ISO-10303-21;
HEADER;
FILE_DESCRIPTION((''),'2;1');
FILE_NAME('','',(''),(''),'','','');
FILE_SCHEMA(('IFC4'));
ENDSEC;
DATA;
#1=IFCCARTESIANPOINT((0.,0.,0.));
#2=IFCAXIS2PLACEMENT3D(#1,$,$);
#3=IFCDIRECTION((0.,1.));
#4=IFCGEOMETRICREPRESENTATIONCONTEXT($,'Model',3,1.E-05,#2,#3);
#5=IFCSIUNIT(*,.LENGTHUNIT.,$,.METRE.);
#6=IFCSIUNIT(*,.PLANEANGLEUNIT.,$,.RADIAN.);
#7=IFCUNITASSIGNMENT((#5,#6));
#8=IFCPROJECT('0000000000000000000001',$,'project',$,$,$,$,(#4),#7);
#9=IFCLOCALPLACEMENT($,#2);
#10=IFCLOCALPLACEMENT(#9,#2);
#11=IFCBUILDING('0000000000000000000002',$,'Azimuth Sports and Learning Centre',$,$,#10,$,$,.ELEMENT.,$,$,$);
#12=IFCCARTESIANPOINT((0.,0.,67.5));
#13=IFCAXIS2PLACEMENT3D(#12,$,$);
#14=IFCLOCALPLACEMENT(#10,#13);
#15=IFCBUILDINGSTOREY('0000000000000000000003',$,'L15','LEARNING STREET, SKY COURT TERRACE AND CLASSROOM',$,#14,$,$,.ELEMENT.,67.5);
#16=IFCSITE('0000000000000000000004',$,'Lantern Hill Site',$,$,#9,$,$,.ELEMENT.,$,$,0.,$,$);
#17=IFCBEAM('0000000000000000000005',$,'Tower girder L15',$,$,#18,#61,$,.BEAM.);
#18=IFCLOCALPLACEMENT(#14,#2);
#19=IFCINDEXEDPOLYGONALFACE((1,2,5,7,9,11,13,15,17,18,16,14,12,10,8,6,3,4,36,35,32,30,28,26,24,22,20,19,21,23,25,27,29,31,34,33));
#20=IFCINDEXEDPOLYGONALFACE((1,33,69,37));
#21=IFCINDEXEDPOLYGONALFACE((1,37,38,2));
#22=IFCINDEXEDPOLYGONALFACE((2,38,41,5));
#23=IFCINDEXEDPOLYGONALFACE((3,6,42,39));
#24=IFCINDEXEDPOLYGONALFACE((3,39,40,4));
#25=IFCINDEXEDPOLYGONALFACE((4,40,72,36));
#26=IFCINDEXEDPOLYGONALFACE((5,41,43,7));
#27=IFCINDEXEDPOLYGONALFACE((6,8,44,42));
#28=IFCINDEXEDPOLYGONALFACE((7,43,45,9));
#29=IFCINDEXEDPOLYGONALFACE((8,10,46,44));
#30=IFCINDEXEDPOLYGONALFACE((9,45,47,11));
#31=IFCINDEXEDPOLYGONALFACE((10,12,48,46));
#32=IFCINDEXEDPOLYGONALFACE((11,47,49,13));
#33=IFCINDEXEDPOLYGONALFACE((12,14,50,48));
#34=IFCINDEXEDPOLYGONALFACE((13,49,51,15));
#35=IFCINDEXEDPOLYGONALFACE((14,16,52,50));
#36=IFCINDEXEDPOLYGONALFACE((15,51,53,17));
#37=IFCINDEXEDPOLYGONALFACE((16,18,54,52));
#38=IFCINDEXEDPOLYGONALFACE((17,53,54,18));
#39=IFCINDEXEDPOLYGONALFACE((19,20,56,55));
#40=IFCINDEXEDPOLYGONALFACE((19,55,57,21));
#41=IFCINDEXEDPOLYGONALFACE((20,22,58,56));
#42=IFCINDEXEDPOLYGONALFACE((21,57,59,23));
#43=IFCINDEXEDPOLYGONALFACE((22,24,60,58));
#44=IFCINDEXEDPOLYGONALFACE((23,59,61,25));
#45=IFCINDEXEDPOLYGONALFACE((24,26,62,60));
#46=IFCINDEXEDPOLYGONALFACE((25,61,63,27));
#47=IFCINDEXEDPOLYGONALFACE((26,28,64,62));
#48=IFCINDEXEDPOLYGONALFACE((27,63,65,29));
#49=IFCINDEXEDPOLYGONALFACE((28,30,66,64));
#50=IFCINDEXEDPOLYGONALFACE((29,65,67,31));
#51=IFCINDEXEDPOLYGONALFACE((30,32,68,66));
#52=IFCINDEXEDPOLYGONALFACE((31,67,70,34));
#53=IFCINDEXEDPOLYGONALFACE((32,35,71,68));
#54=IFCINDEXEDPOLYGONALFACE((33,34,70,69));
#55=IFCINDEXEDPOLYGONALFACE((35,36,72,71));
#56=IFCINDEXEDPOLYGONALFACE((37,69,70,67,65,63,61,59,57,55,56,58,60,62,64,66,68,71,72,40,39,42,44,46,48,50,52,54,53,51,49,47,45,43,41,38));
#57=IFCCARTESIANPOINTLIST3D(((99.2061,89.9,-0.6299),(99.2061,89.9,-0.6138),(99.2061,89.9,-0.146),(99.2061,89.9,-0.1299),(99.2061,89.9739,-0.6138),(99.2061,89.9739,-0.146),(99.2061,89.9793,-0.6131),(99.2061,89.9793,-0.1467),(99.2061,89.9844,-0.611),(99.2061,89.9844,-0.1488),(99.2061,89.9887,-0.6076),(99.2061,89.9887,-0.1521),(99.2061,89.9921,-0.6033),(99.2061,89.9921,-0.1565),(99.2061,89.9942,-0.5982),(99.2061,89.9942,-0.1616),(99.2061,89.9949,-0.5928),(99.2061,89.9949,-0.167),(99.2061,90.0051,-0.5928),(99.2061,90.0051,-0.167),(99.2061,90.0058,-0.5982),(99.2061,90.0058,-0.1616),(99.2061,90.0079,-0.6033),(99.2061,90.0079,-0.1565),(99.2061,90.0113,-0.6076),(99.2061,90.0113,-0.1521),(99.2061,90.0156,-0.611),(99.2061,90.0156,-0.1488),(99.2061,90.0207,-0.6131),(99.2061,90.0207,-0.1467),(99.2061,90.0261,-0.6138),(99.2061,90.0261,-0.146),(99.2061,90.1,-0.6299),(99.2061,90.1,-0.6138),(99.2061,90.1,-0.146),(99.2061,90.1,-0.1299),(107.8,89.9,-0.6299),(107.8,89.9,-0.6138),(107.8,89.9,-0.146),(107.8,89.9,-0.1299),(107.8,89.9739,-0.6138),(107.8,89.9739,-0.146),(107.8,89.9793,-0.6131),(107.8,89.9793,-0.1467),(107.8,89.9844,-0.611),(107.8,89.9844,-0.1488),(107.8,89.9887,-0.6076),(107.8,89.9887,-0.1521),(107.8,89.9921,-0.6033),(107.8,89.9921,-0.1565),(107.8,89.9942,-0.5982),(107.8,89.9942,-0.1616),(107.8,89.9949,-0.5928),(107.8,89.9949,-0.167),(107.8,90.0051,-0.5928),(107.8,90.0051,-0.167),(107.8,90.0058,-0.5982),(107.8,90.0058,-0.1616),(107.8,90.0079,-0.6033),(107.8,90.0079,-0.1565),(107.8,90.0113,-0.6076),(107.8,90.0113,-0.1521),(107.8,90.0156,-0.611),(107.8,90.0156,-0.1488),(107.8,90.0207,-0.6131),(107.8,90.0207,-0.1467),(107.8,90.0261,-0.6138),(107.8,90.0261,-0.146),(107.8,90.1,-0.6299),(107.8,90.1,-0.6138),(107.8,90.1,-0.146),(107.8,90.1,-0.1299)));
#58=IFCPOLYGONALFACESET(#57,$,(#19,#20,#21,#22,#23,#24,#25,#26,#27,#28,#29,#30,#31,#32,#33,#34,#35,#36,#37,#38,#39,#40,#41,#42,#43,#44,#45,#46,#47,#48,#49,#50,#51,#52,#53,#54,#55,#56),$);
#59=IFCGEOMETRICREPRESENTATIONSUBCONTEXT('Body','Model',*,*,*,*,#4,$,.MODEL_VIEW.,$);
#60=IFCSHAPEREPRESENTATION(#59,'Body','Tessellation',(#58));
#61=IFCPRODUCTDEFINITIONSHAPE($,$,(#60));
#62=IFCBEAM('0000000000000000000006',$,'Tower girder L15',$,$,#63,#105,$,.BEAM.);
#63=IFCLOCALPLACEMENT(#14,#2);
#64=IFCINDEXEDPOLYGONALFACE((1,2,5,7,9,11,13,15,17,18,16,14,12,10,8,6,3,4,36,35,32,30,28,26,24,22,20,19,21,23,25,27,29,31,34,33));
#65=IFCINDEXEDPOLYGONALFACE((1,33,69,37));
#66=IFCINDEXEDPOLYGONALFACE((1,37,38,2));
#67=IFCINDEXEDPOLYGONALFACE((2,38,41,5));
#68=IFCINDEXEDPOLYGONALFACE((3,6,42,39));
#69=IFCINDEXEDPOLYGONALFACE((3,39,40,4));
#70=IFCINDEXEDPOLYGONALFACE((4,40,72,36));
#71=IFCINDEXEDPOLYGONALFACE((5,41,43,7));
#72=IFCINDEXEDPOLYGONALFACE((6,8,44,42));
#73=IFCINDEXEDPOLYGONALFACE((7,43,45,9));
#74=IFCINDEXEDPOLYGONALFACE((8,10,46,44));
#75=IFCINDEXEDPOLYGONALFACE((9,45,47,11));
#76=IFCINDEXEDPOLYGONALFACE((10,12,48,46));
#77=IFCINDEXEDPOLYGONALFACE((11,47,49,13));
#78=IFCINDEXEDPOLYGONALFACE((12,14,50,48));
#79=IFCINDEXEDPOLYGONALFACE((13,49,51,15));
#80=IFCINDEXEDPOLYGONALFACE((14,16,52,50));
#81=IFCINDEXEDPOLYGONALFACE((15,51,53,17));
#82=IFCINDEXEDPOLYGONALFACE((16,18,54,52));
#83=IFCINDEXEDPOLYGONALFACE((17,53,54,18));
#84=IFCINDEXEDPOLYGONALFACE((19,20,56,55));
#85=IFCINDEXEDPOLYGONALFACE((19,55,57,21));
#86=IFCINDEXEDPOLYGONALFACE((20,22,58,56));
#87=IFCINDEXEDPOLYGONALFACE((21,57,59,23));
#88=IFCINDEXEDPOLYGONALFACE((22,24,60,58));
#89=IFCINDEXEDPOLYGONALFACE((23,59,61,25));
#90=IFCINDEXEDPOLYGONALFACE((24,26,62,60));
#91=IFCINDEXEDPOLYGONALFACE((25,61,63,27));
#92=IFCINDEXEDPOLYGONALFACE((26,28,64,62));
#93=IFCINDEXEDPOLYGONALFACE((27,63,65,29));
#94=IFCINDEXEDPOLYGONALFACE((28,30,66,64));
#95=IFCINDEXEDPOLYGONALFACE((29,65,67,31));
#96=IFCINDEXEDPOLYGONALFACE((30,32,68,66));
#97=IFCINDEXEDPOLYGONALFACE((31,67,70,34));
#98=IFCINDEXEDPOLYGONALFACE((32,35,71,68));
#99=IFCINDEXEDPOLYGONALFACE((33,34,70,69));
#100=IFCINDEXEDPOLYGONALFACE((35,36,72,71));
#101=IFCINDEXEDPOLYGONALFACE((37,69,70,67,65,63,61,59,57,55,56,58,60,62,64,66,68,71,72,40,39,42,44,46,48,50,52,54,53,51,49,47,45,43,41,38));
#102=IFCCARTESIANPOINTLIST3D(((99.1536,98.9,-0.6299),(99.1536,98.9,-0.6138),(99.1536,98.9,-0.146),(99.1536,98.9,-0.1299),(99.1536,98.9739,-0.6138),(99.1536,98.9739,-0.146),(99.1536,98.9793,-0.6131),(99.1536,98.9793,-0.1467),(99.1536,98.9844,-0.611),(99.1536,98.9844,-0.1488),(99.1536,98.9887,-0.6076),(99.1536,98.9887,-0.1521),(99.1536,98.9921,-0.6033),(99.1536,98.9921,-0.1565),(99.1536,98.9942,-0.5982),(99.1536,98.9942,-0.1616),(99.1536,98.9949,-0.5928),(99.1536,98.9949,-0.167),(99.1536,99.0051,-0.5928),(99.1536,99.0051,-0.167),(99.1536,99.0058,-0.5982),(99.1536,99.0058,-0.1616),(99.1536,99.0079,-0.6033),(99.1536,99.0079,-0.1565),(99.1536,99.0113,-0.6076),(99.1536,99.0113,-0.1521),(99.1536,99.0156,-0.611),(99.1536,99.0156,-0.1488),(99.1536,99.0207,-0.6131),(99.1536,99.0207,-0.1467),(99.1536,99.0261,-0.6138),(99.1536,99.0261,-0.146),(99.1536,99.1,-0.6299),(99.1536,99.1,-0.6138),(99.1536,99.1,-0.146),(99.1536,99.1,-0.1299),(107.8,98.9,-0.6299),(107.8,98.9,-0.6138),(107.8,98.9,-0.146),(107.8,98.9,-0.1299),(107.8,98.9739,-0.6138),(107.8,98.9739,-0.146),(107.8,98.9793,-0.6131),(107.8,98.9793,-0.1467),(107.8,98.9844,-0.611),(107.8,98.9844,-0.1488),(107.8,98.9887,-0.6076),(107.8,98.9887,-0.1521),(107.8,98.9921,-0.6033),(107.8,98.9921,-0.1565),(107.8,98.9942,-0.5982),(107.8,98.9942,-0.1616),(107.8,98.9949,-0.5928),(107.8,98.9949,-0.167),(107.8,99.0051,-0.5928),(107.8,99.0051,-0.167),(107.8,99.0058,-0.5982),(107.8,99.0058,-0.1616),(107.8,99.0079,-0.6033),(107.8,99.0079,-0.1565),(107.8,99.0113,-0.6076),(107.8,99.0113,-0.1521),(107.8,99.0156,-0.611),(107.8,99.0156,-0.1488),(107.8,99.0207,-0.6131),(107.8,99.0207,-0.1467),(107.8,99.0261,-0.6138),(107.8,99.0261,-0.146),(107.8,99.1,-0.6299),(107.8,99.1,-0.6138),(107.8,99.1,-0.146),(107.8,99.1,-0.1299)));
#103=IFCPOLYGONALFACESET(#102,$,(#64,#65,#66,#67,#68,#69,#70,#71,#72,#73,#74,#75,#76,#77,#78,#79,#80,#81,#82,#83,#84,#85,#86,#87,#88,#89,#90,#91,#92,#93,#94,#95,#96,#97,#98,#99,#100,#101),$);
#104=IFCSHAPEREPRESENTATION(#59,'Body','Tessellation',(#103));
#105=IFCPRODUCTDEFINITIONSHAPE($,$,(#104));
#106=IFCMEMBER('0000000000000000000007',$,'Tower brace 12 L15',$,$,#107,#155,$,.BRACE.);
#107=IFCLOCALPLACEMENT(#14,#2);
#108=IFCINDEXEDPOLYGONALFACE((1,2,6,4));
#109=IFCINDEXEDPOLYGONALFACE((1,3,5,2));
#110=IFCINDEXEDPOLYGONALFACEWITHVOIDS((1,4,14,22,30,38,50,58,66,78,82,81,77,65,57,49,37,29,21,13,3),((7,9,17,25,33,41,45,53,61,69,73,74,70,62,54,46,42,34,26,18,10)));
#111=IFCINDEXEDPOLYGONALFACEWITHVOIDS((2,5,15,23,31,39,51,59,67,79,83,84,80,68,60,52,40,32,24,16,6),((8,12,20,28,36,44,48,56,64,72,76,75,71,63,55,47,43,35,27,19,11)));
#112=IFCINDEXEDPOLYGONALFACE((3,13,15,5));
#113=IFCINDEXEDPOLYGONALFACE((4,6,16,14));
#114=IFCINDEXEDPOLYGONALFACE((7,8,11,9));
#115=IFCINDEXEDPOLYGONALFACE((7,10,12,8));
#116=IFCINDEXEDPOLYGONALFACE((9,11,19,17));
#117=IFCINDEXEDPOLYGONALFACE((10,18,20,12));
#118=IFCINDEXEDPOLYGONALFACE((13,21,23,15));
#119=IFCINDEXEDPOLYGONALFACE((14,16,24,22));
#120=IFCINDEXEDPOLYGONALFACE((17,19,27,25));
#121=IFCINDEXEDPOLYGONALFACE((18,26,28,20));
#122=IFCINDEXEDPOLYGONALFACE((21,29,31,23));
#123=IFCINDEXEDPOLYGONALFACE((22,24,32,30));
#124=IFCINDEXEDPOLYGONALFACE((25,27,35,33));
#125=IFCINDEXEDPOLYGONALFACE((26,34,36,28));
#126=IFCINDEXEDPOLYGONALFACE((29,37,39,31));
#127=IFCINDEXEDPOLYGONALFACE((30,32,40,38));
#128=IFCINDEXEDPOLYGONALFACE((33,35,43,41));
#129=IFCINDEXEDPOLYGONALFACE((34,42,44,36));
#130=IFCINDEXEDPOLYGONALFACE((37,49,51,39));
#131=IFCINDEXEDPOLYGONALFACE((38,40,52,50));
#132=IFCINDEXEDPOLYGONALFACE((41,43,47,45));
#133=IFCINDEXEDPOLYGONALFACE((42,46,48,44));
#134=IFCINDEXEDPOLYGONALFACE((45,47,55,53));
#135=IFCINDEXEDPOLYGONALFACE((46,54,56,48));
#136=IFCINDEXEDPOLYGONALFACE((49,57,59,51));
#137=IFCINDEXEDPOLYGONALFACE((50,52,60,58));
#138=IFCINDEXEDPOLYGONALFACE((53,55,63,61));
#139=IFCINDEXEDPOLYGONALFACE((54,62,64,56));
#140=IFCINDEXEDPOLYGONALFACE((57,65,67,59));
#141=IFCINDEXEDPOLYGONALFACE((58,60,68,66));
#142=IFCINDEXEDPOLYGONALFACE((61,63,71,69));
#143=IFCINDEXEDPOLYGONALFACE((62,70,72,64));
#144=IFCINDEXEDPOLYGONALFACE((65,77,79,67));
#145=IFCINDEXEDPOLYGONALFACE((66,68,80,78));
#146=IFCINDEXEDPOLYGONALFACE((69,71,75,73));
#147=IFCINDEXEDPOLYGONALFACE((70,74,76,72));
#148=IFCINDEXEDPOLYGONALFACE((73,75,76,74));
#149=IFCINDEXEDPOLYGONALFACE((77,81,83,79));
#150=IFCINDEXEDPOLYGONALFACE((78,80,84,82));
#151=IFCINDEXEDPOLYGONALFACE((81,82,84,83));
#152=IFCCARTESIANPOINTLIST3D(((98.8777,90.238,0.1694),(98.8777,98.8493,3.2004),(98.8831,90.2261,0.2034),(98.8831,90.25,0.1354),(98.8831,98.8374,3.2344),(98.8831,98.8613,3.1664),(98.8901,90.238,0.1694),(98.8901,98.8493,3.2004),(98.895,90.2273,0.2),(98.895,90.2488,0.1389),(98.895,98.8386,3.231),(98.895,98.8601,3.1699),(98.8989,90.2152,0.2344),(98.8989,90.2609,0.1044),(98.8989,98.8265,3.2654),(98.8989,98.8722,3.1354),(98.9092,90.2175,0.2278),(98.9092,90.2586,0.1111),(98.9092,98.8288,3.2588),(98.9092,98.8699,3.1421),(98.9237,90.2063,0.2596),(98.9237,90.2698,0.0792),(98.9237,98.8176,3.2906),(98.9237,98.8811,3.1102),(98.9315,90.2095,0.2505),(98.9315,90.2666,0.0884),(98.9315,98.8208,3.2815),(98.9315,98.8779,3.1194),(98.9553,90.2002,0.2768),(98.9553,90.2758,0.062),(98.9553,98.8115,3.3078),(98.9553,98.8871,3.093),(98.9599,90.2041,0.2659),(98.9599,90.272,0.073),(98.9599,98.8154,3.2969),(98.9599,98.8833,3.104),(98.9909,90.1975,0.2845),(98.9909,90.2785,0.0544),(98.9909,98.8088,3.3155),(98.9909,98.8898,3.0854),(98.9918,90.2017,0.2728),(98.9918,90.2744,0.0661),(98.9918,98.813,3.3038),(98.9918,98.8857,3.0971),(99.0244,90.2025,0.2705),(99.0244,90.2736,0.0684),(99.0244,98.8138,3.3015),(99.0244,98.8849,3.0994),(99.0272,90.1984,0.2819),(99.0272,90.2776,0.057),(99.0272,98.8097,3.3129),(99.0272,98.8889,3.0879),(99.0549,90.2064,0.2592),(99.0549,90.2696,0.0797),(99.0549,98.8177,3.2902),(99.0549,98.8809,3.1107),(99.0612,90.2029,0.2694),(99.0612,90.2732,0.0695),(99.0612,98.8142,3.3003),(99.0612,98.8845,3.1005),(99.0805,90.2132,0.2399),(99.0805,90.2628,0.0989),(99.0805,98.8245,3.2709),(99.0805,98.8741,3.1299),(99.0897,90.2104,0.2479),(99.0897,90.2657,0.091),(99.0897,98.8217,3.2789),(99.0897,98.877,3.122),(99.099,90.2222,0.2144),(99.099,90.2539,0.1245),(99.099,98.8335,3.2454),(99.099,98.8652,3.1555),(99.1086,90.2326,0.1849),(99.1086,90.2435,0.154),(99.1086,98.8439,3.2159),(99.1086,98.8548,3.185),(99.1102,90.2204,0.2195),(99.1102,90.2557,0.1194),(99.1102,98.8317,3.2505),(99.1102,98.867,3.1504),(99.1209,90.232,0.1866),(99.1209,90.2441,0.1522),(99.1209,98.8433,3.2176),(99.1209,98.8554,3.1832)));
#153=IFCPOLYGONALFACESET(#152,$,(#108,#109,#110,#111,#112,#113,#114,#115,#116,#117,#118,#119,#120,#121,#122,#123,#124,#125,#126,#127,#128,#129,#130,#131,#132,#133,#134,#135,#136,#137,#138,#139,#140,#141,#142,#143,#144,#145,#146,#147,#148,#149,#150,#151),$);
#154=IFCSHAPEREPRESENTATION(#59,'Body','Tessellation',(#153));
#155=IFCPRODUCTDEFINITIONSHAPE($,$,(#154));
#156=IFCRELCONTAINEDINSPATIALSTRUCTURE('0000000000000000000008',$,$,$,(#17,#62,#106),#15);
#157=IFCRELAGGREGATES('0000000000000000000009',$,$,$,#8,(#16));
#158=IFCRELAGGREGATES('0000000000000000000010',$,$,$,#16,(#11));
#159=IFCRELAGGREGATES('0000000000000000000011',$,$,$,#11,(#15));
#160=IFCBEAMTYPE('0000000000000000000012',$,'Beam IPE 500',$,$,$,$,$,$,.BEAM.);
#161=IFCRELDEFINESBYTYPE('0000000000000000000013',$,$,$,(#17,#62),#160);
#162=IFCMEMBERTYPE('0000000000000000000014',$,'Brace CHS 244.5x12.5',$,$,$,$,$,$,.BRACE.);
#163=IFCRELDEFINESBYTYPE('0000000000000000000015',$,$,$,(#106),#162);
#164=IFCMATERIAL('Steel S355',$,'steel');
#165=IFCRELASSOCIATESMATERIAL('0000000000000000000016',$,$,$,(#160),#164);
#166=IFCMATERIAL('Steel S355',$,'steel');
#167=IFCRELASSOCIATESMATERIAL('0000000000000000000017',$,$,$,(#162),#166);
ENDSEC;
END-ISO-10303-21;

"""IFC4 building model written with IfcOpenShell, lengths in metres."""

from ifc_helpers import new_model, si_unit, direction, frame, origin, origin_2d, place, context, subcontext, project, spatial, hollow_circle, i_section, extrude, material, material_profile, profile_set, type_object, element, save


model = new_model("IFC4")

# Units and contexts
model_context = context("Model", 3, precision=1e-05, world=origin(), true_north=direction((0.0, 1.0)))
body_context = subcontext(model_context, "Body", "Model", "MODEL_VIEW")
ifc_project = project(units=[si_unit("LENGTHUNIT", "METRE"), si_unit("PLANEANGLEUNIT", "RADIAN")], contexts=[model_context])

# Site, building, storey
site_placement = place(None, origin())
site = spatial("IfcSite", under=ifc_project, at=site_placement, Name="Lantern Hill Site", CompositionType="ELEMENT", RefElevation=0.0)
building_placement = place(site_placement, origin())
building = spatial("IfcBuilding", under=site, at=building_placement, Name="Azimuth Sports and Learning Centre", CompositionType="ELEMENT")
storey_placement = place(building_placement, frame((0.0, 0.0, 67.5)))
storey = spatial("IfcBuildingStorey", under=building, at=storey_placement, Name="L15", Description="LEARNING STREET, SKY COURT TERRACE AND CLASSROOM", CompositionType="ELEMENT", Elevation=67.5)

# Beams
ifc_material_1 = material(Name="Steel S355", Category="steel")
ifc_material_profile_1 = material_profile(ifc_material_1, i_section(OverallWidth=0.2, OverallDepth=0.5, WebThickness=0.0103, FlangeThickness=0.0161, FilletRadius=0.021, at=origin_2d()), Name="IPE 500")
ifc_profile_set_1 = profile_set([ifc_material_profile_1], Name="Steel S355")
beam_type_1 = type_object("IfcBeamType", Name="Beam IPE 500", PredefinedType="BEAM", material=ifc_profile_set_1)
beam_1_placement = place(storey_placement, frame((99.2061, 90.0, -0.3799), z_axis=(1.0, 0.0, 0.0), x_axis=(0.0, 1.0, 0.0)))
element("IfcBeam", 1, at=beam_1_placement, inside=storey, type_object=beam_type_1, Name="Tower girder L15", PredefinedType="BEAM", context=body_context, shape_type="SweptSolid", body=[
    extrude(i_section(OverallWidth=0.2, OverallDepth=0.5, WebThickness=0.0103, FlangeThickness=0.0161, FilletRadius=0.021, at=origin_2d()), origin(), (0.0, 0.0, 1.0), 8.594),
])
beam_2_placement = place(storey_placement, frame((99.1536, 99.0, -0.3799), z_axis=(1.0, 0.0, 0.0), x_axis=(0.0, 1.0, 0.0)))
element("IfcBeam", 2, at=beam_2_placement, inside=storey, type_object=beam_type_1, Name="Tower girder L15", PredefinedType="BEAM", context=body_context, shape_type="SweptSolid", body=[
    extrude(i_section(OverallWidth=0.2, OverallDepth=0.5, WebThickness=0.0103, FlangeThickness=0.0161, FilletRadius=0.021, at=origin_2d()), origin(), (0.0, 0.0, 1.0), 8.6465),
])

# Member
ifc_material_2 = material(Name="Steel S355", Category="steel")
ifc_material_profile_2 = material_profile(ifc_material_2, hollow_circle(Radius=0.1223, WallThickness=0.0125, at=origin_2d()), Name="CHS 244.5x12.5")
ifc_profile_set_2 = profile_set([ifc_material_profile_2], Name="Steel S355")
member_type_1 = type_object("IfcMemberType", Name="Brace CHS 244.5x12.5", PredefinedType="BRACE", material=ifc_profile_set_2)
member_1_placement = place(storey_placement, frame((99.0, 90.238, 0.1694), z_axis=(0.0, 0.943275, 0.332013), x_axis=(-1.0, 0.0, 0.0)))
element("IfcMember", 3, at=member_1_placement, inside=storey, type_object=member_type_1, Name="Tower brace 12 L15", PredefinedType="BRACE", context=body_context, shape_type="SweptSolid", body=[
    extrude(hollow_circle(Radius=0.1223, WallThickness=0.0125, at=origin_2d()), origin(), (0.0, 0.0, 1.0), 9.1292),
])

save(model, "model.ifc")
